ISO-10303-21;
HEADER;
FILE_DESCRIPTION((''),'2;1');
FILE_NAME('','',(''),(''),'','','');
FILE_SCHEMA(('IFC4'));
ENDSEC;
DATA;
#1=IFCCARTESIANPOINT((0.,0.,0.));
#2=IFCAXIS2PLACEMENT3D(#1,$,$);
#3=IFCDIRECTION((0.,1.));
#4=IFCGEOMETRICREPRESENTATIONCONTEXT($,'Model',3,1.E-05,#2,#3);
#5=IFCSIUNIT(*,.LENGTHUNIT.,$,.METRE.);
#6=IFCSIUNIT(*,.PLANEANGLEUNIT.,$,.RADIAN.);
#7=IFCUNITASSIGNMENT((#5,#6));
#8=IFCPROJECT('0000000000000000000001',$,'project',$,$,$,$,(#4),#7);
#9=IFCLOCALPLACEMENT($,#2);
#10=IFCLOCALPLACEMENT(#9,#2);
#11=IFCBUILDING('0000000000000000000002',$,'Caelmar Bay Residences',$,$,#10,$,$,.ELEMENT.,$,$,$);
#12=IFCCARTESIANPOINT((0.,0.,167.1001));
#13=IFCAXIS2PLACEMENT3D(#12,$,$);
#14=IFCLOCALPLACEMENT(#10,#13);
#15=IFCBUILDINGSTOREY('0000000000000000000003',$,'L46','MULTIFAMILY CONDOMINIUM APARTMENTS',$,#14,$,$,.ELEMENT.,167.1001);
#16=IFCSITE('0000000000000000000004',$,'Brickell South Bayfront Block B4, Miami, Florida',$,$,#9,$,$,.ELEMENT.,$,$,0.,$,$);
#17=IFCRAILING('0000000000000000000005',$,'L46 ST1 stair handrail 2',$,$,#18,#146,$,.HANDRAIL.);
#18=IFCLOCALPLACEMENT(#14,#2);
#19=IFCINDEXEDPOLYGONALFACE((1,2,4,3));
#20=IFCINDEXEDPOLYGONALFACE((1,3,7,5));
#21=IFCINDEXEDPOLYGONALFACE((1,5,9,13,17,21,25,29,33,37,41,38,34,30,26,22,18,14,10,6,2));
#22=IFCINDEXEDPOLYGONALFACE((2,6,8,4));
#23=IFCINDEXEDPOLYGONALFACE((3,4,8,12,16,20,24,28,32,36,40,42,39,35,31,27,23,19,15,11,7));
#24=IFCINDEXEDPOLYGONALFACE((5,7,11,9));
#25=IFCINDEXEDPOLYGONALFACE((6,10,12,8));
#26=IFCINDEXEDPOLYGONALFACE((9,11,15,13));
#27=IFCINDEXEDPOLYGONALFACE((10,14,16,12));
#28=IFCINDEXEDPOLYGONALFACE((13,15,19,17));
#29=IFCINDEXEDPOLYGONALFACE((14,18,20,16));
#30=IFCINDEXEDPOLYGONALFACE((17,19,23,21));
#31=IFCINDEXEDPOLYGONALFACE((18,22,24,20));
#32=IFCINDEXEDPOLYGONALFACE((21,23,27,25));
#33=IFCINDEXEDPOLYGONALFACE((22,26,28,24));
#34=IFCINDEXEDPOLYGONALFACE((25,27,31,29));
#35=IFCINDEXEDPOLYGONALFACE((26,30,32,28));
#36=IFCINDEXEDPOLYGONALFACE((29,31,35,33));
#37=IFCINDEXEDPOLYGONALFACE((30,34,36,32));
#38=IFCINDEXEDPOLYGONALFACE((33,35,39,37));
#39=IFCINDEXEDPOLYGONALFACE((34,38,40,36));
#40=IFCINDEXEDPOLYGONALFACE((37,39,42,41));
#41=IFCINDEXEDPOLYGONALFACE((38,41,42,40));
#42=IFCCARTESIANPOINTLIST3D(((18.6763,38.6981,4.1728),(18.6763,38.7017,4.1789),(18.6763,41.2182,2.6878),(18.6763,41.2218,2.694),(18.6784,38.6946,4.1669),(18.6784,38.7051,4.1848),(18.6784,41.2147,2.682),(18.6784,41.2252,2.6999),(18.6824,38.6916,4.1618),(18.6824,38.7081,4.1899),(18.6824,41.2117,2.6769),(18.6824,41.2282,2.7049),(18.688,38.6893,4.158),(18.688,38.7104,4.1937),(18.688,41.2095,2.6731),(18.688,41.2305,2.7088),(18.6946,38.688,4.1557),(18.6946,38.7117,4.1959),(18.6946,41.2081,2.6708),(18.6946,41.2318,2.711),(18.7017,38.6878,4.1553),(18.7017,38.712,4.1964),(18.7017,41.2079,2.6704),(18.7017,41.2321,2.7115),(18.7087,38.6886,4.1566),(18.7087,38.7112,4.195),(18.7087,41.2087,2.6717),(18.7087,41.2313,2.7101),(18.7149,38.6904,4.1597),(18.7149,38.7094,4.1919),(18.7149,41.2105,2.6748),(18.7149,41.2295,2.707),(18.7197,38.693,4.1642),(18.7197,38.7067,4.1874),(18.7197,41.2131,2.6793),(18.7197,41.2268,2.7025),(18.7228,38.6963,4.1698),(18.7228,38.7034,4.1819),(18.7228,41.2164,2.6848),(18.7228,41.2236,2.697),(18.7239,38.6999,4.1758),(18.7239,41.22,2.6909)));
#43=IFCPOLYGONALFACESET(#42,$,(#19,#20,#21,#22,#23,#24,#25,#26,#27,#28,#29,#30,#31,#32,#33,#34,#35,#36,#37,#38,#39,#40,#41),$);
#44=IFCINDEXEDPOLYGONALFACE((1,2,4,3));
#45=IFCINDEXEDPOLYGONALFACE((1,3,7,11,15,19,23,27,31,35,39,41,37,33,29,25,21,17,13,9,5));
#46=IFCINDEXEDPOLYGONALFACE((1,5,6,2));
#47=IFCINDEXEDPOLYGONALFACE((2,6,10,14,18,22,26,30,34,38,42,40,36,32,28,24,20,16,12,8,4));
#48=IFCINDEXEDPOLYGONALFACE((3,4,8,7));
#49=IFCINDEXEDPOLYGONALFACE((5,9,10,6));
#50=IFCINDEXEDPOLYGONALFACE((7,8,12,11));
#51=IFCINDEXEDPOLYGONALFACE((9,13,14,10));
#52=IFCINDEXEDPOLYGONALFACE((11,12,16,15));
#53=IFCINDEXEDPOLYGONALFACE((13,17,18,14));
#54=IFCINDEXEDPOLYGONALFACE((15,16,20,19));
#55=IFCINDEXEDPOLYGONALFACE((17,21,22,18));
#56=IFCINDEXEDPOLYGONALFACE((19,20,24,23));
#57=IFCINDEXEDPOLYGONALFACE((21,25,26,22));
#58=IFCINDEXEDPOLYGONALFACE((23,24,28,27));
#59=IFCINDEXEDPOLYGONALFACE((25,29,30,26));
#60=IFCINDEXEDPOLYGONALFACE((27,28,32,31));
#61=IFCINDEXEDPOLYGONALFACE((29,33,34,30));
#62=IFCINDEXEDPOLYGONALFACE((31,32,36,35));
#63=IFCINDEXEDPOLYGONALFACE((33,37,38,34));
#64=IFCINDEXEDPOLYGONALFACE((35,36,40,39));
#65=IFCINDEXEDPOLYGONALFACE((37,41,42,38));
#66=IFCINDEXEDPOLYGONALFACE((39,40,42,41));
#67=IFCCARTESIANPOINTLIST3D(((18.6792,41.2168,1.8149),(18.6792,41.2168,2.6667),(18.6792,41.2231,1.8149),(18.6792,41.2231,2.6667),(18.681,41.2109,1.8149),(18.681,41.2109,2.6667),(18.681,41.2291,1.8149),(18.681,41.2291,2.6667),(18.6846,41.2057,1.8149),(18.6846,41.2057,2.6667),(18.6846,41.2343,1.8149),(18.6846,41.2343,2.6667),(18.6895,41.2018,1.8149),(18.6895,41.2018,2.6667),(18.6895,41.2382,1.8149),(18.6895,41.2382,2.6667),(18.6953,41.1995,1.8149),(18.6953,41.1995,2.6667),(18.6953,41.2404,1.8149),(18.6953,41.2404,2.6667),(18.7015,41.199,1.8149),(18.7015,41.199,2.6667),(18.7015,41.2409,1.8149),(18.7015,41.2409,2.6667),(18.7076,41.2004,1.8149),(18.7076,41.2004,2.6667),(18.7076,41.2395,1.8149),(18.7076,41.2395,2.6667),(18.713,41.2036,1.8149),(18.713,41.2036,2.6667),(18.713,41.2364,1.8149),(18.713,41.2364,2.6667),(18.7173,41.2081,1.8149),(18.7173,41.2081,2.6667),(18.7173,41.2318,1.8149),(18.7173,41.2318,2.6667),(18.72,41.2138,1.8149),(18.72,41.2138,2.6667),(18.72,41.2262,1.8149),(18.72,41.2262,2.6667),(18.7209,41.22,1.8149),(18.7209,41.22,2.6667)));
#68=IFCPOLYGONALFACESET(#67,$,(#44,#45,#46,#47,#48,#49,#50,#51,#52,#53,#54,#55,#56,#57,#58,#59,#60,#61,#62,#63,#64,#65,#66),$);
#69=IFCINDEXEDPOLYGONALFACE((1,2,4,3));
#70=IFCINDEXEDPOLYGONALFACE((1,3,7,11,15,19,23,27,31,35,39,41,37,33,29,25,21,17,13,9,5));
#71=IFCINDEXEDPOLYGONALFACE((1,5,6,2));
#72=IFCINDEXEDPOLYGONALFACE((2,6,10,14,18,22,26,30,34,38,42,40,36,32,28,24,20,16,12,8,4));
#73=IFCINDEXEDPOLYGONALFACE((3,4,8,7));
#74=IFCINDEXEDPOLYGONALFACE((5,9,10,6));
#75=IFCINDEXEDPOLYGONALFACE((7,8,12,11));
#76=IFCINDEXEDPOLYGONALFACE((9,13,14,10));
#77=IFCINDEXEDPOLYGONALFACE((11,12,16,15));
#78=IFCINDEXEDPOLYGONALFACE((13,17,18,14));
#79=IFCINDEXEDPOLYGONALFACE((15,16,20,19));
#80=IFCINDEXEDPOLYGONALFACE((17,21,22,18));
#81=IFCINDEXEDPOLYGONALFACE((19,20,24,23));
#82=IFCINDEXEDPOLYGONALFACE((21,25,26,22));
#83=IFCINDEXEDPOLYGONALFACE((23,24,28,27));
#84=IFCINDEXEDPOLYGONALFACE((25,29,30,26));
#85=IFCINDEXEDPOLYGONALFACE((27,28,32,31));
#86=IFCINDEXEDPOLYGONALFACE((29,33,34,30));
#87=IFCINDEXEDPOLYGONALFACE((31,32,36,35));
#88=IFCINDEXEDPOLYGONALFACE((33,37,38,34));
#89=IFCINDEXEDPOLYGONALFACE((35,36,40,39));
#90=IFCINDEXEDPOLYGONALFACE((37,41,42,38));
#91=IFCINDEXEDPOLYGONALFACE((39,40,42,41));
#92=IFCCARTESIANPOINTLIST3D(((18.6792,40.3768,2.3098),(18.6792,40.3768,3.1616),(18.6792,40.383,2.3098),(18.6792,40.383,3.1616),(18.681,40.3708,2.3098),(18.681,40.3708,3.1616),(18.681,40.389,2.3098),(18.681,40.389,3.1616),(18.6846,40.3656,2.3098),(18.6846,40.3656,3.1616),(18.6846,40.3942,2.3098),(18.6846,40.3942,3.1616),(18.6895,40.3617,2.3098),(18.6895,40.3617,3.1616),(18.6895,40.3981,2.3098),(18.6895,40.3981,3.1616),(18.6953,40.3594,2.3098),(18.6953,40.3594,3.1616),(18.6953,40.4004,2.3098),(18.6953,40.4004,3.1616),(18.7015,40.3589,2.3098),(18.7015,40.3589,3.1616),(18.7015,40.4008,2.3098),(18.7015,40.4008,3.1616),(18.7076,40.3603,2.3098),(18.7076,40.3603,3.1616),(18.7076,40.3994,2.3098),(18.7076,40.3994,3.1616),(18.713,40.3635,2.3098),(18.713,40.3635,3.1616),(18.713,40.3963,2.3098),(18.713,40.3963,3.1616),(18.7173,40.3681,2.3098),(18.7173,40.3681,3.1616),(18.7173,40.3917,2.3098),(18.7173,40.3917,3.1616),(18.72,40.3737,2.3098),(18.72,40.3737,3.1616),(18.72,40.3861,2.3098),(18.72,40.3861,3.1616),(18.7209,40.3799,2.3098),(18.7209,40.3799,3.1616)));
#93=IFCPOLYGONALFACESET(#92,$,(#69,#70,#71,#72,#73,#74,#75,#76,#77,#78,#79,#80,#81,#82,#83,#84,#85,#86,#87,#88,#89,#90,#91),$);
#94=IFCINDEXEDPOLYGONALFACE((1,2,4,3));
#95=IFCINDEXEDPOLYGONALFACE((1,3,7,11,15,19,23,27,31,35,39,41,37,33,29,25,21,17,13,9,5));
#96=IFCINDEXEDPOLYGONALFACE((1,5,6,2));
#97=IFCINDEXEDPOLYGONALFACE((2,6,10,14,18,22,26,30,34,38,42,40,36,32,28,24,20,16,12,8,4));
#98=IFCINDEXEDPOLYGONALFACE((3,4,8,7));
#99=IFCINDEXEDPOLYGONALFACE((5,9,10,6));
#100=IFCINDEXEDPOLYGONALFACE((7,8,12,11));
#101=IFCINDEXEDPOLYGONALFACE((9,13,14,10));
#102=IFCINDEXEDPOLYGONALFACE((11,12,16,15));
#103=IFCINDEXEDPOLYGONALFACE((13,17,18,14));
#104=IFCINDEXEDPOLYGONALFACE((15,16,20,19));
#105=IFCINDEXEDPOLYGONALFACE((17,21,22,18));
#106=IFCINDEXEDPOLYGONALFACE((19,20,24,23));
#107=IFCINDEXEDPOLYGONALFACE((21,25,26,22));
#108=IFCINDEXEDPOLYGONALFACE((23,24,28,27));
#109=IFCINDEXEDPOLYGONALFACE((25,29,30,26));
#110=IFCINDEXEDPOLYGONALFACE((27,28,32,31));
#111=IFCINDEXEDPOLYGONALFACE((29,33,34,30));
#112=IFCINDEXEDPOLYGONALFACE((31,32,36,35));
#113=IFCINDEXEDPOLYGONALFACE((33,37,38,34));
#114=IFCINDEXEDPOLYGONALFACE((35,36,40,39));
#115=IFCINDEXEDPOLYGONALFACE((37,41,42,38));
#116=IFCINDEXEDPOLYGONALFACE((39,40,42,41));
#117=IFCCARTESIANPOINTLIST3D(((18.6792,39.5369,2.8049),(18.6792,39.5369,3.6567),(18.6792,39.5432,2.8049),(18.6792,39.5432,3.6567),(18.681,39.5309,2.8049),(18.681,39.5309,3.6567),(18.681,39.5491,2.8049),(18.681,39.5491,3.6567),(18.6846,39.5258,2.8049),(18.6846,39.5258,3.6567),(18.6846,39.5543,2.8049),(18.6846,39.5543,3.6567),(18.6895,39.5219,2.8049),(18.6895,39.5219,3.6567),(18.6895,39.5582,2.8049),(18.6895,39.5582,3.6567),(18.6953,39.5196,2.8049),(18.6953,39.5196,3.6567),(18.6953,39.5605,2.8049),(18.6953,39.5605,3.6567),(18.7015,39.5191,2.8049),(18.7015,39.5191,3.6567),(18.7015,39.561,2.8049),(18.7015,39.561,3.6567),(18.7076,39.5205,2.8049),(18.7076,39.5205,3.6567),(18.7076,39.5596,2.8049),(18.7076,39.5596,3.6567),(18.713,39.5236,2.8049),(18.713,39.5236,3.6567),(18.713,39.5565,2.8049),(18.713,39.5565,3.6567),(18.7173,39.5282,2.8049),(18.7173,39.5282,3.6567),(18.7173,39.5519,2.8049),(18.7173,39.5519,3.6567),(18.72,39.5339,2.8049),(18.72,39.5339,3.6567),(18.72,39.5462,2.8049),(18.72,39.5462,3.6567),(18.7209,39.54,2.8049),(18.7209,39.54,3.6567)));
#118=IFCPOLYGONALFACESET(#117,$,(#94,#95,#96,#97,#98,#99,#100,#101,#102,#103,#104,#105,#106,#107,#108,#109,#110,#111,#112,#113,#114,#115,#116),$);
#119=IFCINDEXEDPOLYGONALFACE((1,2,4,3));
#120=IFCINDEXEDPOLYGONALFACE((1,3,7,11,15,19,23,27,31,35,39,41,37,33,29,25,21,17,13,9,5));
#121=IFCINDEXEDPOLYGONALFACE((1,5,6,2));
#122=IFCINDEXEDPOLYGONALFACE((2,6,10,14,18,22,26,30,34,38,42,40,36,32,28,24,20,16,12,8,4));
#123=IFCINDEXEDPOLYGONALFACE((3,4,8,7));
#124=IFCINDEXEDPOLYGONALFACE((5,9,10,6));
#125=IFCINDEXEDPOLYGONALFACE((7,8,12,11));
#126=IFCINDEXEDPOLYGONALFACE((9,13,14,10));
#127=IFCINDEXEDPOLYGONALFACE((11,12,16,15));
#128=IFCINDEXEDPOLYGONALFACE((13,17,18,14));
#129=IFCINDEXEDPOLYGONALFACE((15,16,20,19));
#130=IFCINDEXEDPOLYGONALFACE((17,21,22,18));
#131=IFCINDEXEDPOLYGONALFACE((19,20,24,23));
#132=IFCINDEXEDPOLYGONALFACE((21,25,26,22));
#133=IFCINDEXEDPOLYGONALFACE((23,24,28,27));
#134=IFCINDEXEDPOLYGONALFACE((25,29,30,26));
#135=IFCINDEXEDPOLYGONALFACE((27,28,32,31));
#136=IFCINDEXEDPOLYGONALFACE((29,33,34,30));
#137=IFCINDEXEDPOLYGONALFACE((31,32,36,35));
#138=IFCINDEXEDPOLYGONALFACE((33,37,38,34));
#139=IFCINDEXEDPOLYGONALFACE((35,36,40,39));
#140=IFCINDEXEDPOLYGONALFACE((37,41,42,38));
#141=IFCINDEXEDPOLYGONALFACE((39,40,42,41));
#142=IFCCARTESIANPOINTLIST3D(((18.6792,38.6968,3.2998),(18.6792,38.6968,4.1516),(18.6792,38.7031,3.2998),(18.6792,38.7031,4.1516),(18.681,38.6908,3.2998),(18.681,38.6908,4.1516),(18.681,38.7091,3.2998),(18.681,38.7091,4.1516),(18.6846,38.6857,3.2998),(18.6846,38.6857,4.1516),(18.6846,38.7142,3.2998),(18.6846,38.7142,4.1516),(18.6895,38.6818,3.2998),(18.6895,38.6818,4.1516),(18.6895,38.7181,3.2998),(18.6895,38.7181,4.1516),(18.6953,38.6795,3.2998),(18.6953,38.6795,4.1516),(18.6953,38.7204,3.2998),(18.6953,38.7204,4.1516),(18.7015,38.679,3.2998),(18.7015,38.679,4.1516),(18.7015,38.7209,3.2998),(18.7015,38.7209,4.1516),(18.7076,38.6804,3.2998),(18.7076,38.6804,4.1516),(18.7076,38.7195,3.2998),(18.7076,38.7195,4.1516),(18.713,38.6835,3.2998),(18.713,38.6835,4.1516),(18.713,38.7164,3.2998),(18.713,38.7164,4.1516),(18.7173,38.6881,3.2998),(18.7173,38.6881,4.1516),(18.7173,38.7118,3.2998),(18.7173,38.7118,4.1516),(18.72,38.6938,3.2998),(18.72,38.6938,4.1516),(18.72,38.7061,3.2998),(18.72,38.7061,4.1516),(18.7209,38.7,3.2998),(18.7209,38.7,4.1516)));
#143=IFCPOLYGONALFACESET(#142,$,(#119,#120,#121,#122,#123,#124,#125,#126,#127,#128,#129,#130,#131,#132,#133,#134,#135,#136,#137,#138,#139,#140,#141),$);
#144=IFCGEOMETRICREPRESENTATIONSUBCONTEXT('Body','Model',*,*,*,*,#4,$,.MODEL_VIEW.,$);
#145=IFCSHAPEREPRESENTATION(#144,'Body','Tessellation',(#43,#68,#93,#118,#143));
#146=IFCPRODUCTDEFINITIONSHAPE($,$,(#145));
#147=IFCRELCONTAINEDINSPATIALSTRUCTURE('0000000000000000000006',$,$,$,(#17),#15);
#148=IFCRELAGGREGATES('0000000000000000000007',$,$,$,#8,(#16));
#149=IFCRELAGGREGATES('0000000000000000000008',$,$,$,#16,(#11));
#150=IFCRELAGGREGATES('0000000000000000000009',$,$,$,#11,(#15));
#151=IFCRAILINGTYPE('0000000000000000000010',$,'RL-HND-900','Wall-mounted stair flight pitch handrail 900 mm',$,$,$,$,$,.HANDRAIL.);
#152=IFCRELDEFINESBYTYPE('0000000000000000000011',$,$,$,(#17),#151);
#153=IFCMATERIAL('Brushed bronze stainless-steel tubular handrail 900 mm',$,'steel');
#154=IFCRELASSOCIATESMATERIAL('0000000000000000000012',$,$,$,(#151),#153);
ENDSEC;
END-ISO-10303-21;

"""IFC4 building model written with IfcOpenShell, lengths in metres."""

from ifc_helpers import new_model, si_unit, direction, frame, origin, origin_2d, place, context, subcontext, project, spatial, circle, extrude, material, type_object, element, save


model = new_model("IFC4")

# Units and contexts
model_context = context("Model", 3, precision=1e-05, world=origin(), true_north=direction((0.0, 1.0)))
body_context = subcontext(model_context, "Body", "Model", "MODEL_VIEW")
ifc_project = project(units=[si_unit("LENGTHUNIT", "METRE"), si_unit("PLANEANGLEUNIT", "RADIAN")], contexts=[model_context])

# Site, building, storey
site_placement = place(None, origin())
site = spatial("IfcSite", under=ifc_project, at=site_placement, Name="Brickell South Bayfront Block B4, Miami, Florida", CompositionType="ELEMENT", RefElevation=0.0)
building_placement = place(site_placement, origin())
building = spatial("IfcBuilding", under=site, at=building_placement, Name="Caelmar Bay Residences", CompositionType="ELEMENT")
storey_placement = place(building_placement, frame((0.0, 0.0, 167.1001)))
storey = spatial("IfcBuildingStorey", under=building, at=storey_placement, Name="L46", Description="MULTIFAMILY CONDOMINIUM APARTMENTS", CompositionType="ELEMENT", Elevation=167.1001)

# Railing
ifc_material_1 = material(Name="Brushed bronze stainless-steel tubular handrail 900 mm", Category="steel")
railing_type_1 = type_object("IfcRailingType", Name="RL-HND-900", Description="Wall-mounted stair flight pitch handrail 900 mm", PredefinedType="HANDRAIL", material=ifc_material_1)
railing_1_placement = place(storey_placement, frame((18.7, 41.22, 1.8149)))
element("IfcRailing", 1, at=railing_1_placement, inside=storey, type_object=railing_type_1, Name="L46 ST1 stair handrail 2", PredefinedType="HANDRAIL", context=body_context, shape_type="SweptSolid", body=[
    extrude(circle(Radius=0.0239, at=origin_2d()), frame((0.0, 0.0, 0.876), z_axis=(0.0, -0.861561, 0.507655), x_axis=(1.0, 0.0, 0.0)), (0.0, 0.0, 1.0), 2.925),
    extrude(circle(Radius=0.021, at=origin_2d()), origin(), (0.0, 0.0, 1.0), 0.8518),
    extrude(circle(Radius=0.021, at=origin_2d()), frame((0.0, -0.8401, 0.4949)), (0.0, 0.0, 1.0), 0.8518),
    extrude(circle(Radius=0.021, at=origin_2d()), frame((0.0, -1.6799, 0.99)), (0.0, 0.0, 1.0), 0.8518),
    extrude(circle(Radius=0.021, at=origin_2d()), frame((0.0, -2.52, 1.4849)), (0.0, 0.0, 1.0), 0.8518),
])

save(model, "model.ifc")
